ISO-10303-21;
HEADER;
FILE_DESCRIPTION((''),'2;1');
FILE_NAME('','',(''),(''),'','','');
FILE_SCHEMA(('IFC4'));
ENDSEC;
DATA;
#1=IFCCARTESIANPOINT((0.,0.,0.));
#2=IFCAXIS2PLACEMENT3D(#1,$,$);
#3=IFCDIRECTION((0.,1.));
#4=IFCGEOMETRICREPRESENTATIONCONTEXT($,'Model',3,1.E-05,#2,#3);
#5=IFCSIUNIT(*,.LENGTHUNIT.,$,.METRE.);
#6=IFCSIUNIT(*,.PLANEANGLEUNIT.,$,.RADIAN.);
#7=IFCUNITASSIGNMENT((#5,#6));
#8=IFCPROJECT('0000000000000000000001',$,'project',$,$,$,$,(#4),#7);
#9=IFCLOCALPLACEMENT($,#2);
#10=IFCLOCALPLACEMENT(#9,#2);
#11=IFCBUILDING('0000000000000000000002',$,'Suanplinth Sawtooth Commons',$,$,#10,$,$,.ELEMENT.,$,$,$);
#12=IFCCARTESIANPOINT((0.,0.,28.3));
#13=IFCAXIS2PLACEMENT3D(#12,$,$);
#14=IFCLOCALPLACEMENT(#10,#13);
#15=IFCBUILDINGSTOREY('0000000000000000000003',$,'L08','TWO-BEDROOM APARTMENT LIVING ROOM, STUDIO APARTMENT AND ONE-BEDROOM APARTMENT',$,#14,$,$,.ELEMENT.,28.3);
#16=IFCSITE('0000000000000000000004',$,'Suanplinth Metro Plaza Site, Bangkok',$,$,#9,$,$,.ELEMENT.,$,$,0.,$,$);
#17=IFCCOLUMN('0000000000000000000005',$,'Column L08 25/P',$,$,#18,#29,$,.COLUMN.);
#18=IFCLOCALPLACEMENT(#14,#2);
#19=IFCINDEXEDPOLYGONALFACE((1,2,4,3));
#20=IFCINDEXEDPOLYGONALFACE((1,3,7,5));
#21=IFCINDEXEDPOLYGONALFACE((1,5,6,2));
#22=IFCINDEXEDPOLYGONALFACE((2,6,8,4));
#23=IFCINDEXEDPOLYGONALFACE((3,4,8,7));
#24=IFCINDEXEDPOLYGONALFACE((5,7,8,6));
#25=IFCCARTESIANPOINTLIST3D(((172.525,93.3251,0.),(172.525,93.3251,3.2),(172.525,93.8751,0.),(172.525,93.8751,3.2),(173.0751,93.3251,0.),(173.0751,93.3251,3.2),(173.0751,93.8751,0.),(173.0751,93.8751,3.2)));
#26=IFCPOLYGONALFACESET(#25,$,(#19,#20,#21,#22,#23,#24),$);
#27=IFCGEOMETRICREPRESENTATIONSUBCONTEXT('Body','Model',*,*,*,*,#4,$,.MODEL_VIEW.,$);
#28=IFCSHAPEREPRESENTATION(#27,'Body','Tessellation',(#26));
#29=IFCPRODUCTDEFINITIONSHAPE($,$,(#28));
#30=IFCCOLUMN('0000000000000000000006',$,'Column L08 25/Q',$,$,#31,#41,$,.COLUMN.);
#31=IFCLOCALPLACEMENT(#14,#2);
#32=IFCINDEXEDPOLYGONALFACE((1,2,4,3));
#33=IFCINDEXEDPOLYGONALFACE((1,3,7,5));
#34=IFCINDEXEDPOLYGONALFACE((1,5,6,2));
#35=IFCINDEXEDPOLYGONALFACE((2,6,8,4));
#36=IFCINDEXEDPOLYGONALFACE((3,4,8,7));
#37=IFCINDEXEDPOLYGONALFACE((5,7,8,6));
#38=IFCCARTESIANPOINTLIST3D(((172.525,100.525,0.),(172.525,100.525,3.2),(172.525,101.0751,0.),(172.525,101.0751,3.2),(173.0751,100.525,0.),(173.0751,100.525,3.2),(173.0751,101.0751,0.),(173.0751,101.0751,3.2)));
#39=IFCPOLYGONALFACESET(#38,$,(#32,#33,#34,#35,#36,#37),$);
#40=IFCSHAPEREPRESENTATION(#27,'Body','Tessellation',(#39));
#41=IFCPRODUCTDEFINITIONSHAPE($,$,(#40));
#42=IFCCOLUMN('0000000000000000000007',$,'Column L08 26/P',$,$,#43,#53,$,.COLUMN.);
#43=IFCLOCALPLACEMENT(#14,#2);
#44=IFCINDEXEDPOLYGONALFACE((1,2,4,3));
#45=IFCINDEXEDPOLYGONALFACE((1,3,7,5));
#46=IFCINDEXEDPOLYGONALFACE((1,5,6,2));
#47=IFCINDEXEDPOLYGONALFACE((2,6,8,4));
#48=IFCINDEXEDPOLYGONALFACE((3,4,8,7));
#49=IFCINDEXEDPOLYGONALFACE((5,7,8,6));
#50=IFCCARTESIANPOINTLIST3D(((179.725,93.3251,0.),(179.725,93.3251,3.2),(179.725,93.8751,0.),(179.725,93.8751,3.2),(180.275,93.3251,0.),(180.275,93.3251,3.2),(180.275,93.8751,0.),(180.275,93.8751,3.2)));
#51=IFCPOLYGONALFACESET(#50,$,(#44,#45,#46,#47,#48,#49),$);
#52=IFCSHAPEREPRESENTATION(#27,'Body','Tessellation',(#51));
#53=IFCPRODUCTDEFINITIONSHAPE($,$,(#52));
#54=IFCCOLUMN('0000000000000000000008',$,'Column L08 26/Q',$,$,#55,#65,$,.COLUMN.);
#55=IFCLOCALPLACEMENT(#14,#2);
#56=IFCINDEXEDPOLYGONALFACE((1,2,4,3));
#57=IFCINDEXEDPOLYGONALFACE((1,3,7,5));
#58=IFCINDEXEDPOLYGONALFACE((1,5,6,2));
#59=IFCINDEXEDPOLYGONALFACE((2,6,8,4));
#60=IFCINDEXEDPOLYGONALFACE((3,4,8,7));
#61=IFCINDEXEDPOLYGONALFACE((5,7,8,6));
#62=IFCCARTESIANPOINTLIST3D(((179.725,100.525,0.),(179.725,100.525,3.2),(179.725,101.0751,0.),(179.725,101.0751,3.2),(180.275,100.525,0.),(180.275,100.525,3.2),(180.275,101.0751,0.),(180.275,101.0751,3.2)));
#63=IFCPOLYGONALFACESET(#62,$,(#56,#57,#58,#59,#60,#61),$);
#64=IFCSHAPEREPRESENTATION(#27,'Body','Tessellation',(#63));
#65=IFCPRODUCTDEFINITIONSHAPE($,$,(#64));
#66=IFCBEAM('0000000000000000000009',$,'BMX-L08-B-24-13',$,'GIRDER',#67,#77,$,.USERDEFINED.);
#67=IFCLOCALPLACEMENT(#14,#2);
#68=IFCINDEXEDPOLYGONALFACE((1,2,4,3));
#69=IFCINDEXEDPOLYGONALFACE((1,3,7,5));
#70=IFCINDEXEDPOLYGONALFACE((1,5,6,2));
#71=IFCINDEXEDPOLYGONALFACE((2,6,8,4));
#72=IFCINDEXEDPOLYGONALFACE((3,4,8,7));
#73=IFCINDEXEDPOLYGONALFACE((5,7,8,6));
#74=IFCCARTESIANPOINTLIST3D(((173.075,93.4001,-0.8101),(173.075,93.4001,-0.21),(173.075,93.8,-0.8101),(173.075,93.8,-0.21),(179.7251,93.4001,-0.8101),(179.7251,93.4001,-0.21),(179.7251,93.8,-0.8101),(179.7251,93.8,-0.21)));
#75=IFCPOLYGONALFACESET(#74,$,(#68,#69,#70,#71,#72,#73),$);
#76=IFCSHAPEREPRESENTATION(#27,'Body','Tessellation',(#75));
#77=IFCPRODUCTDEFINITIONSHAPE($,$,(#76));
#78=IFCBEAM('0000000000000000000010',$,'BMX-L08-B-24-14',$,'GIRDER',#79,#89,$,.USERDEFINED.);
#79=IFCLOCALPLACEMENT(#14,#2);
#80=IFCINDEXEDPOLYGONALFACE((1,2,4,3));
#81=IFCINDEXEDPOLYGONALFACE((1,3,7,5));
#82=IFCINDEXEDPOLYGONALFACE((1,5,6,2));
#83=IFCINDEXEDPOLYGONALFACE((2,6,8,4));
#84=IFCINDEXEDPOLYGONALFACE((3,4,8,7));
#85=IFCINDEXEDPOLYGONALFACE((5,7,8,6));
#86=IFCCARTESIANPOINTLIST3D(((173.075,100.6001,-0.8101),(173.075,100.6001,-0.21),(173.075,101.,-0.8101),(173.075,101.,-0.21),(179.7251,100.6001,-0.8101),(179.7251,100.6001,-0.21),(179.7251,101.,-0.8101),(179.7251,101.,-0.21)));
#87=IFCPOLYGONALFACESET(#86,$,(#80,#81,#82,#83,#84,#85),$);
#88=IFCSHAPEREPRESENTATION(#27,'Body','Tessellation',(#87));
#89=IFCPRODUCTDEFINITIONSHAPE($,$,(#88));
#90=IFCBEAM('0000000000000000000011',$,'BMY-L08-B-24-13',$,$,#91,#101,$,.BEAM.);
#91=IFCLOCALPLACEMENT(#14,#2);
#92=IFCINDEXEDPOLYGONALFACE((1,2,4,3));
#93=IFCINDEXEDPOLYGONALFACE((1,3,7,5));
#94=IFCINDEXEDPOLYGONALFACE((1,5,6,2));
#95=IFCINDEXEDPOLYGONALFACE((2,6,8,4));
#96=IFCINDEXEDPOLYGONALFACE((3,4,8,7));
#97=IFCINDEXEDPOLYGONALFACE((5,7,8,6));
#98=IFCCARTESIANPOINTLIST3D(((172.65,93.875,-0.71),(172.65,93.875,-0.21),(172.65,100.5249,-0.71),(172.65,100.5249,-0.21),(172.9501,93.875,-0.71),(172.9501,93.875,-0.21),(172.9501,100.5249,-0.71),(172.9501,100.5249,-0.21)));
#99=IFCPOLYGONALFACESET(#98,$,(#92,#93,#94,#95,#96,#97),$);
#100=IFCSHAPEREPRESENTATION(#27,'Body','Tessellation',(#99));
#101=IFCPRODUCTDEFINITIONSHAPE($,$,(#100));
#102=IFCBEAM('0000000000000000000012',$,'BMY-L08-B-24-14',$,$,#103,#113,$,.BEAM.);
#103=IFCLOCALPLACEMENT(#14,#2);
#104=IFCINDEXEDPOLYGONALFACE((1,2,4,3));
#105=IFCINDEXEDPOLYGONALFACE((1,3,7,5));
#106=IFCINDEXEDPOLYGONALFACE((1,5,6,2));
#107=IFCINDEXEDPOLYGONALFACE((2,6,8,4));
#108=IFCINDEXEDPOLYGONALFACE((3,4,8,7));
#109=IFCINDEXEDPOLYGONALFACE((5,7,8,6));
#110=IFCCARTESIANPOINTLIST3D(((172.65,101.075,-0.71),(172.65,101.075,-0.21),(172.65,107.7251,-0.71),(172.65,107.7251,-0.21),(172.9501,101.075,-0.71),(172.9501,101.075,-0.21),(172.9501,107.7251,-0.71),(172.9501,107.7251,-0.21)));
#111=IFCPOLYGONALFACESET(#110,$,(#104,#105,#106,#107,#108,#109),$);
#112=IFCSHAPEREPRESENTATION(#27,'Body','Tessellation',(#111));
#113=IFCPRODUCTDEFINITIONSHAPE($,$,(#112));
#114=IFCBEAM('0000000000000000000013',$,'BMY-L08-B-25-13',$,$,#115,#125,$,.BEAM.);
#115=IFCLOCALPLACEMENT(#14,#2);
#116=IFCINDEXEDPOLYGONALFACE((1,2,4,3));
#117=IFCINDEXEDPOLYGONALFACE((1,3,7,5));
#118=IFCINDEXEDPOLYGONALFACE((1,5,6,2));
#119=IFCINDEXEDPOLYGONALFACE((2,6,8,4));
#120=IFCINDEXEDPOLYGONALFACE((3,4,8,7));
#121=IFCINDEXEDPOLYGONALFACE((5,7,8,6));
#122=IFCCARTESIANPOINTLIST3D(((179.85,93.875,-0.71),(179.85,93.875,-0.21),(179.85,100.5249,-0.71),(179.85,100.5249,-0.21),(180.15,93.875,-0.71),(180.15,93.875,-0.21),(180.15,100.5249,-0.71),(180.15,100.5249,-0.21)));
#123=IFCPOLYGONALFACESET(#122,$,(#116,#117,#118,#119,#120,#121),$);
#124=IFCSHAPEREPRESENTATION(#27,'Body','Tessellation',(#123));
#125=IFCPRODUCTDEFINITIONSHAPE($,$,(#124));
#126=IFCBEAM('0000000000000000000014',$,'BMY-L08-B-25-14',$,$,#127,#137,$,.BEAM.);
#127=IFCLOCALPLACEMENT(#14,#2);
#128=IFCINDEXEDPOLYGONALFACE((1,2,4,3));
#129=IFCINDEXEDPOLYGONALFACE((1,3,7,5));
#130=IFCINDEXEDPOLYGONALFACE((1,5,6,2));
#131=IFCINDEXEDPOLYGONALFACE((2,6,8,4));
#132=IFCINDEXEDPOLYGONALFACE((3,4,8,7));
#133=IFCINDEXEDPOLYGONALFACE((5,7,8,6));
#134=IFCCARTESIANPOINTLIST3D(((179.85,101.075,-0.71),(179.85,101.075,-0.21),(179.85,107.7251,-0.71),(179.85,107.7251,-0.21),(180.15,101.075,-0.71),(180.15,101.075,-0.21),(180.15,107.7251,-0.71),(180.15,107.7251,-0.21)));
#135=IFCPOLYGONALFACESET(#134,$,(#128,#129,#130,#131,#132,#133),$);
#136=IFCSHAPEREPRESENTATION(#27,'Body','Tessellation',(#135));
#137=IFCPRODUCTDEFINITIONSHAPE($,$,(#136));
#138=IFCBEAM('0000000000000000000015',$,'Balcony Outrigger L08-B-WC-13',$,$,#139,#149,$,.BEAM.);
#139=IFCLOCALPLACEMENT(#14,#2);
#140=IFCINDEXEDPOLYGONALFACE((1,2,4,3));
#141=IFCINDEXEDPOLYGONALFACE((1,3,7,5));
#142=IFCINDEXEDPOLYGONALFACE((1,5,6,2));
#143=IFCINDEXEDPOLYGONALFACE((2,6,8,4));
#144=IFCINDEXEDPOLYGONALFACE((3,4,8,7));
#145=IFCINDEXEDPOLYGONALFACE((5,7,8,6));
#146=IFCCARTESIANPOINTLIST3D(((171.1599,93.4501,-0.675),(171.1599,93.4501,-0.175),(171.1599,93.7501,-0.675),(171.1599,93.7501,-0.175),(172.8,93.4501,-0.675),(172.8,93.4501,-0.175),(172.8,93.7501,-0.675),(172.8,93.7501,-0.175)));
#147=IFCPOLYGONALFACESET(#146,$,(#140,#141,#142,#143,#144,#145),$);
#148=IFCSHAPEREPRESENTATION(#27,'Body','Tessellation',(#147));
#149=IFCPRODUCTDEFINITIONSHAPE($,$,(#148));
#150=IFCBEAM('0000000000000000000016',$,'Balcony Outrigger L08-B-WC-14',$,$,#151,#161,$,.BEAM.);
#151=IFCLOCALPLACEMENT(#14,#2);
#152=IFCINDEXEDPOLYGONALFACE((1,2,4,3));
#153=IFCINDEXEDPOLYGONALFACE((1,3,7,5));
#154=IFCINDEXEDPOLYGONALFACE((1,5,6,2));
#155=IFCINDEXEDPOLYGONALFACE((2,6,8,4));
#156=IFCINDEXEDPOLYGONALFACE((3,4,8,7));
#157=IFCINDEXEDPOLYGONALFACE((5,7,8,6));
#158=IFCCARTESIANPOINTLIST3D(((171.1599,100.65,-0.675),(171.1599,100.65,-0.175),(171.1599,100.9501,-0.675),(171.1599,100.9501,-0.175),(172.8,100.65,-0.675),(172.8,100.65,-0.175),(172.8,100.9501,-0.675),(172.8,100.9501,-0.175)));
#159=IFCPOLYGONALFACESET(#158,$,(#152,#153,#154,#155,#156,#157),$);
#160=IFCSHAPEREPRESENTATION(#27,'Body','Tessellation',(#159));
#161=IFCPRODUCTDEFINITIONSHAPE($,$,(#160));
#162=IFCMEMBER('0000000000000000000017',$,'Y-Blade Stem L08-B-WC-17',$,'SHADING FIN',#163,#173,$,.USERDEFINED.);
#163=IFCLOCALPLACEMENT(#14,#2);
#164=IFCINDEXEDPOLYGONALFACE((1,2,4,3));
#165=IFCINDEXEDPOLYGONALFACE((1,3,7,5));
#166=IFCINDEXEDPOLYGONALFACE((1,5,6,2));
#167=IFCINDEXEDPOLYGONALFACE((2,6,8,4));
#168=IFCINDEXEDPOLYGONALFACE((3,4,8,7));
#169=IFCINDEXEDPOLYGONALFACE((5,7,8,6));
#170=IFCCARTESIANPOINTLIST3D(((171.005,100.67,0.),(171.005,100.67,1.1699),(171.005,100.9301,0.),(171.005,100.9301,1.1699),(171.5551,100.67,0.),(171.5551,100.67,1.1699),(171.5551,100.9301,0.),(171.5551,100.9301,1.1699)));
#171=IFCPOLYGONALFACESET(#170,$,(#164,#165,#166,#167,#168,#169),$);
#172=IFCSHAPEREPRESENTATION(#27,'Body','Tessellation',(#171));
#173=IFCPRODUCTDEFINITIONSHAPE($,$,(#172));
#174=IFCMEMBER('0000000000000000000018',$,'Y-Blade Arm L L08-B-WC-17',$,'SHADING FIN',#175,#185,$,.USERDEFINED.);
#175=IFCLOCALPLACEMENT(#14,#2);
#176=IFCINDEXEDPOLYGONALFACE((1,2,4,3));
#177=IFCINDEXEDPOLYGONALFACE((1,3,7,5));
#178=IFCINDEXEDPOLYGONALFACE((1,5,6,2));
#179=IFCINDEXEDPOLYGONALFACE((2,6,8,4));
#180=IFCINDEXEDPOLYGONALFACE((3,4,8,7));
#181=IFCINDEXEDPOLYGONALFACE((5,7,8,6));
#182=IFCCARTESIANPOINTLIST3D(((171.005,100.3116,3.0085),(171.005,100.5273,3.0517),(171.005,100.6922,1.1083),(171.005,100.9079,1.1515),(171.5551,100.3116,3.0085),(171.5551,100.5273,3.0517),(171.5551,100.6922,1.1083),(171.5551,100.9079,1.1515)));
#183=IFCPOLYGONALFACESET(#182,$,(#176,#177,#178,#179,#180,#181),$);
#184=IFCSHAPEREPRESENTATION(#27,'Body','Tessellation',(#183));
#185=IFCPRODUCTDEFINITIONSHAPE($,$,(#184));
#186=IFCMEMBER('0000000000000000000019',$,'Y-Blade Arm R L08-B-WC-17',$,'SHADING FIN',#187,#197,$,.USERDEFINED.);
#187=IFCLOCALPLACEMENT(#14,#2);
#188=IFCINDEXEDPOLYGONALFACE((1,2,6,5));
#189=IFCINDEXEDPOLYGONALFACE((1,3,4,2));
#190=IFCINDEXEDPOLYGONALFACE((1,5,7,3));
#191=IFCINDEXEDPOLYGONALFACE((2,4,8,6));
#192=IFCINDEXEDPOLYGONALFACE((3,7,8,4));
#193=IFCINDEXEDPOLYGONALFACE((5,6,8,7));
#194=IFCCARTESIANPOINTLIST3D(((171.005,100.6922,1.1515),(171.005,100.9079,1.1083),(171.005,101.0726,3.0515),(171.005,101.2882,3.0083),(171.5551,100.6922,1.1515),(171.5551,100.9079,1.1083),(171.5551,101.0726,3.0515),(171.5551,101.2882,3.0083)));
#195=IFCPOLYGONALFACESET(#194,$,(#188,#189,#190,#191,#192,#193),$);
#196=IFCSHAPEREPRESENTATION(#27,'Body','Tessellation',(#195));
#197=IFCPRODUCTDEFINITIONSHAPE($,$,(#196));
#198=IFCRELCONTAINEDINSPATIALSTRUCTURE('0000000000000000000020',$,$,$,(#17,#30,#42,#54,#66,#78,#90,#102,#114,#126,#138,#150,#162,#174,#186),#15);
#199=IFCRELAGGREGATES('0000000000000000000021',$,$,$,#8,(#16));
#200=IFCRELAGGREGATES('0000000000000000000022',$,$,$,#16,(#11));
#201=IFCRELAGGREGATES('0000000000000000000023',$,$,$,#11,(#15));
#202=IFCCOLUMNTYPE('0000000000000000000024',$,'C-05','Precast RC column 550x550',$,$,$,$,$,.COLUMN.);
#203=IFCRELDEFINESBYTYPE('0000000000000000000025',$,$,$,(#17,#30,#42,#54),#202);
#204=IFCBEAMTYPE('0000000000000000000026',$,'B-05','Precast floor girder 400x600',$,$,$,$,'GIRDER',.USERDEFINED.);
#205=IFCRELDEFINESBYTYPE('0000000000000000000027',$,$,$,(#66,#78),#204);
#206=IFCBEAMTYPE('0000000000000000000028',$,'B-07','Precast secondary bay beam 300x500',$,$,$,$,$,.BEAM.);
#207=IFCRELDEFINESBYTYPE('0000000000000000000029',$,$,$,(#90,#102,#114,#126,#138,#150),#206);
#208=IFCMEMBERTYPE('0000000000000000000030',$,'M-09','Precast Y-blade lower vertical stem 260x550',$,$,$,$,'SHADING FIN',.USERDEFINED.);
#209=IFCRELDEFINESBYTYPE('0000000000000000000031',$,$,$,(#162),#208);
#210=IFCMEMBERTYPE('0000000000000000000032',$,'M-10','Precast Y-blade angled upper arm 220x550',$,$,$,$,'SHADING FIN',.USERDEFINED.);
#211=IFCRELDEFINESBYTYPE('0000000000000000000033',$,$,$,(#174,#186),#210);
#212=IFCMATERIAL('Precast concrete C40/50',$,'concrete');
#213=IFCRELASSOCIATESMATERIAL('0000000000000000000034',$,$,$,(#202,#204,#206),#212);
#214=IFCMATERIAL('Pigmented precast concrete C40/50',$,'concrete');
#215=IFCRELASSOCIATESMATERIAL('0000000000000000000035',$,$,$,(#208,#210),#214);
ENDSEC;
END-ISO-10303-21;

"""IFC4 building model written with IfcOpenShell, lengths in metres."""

from ifc_helpers import new_model, si_unit, direction, frame, origin, origin_2d, place, context, subcontext, project, spatial, rectangle, extrude, material, material_profile, profile_set, type_object, element, save


model = new_model("IFC4")

# Units and contexts
model_context = context("Model", 3, precision=1e-05, world=origin(), true_north=direction((0.0, 1.0)))
body_context = subcontext(model_context, "Body", "Model", "MODEL_VIEW")
ifc_project = project(units=[si_unit("LENGTHUNIT", "METRE"), si_unit("PLANEANGLEUNIT", "RADIAN")], contexts=[model_context])

# Site, building, storey
site_placement = place(None, origin())
site = spatial("IfcSite", under=ifc_project, at=site_placement, Name="Suanplinth Metro Plaza Site, Bangkok", CompositionType="ELEMENT", RefElevation=0.0)
building_placement = place(site_placement, origin())
building = spatial("IfcBuilding", under=site, at=building_placement, Name="Suanplinth Sawtooth Commons", CompositionType="ELEMENT")
storey_placement = place(building_placement, frame((0.0, 0.0, 28.3)))
storey = spatial("IfcBuildingStorey", under=building, at=storey_placement, Name="L08", Description="TWO-BEDROOM APARTMENT LIVING ROOM, STUDIO APARTMENT AND ONE-BEDROOM APARTMENT", CompositionType="ELEMENT", Elevation=28.3)

# Columns
ifc_material_1 = material(Name="Precast concrete C40/50", Category="concrete")
ifc_material_profile_1 = material_profile(ifc_material_1, rectangle(XDim=0.55, YDim=0.55, at=origin_2d()), Name="PC-COL 550x550")
ifc_profile_set_1 = profile_set([ifc_material_profile_1], Name="Precast concrete C40/50")
column_type = type_object("IfcColumnType", Name="C-05", Description="Precast RC column 550x550", PredefinedType="COLUMN", material=ifc_profile_set_1)
for number, where, z_axis, x_axis, name in (
    (1, (172.8, 93.6001, 0.0), (0.0, 0.0, 1.0), (1.0, 0.0, 0.0), "Column L08 25/P"),
    (2, (172.8, 100.8, 0.0), (0.0, 0.0, 1.0), (1.0, 0.0, 0.0), "Column L08 25/Q"),
    (3, (180.0, 93.6001, 0.0), (0.0, 0.0, 1.0), (1.0, 0.0, 0.0), "Column L08 26/P"),
    (4, (180.0, 100.8, 0.0), (0.0, 0.0, 1.0), (1.0, 0.0, 0.0), "Column L08 26/Q"),
):
    element("IfcColumn", number, at=place(storey_placement, frame(where, z_axis=z_axis, x_axis=x_axis)), inside=storey, type_object=column_type, Name=name, PredefinedType="COLUMN", context=body_context, shape_type="SweptSolid", body=[
        extrude(rectangle(XDim=0.55, YDim=0.55, at=origin_2d()), origin(), (0.0, 0.0, 1.0), 3.2),
    ])

# Beams
ifc_material_profile_2 = material_profile(ifc_material_1, rectangle(XDim=0.3999, YDim=0.6001, at=origin_2d()), Name="PC-GDR 400x600")
ifc_profile_set_2 = profile_set([ifc_material_profile_2], Name="Precast concrete C40/50")
beam_type_1 = type_object("IfcBeamType", Name="B-05", Description="Precast floor girder 400x600", ElementType="GIRDER", PredefinedType="USERDEFINED", material=ifc_profile_set_2)
for number, where, z_axis, x_axis, name in (
    (5, (173.075, 93.6001, -0.51), (1.0, 0.0, 0.0), (0.0, 1.0, 0.0), "BMX-L08-B-24-13"),
    (6, (173.075, 100.8, -0.51), (1.0, 0.0, 0.0), (0.0, 1.0, 0.0), "BMX-L08-B-24-14"),
):
    element("IfcBeam", number, at=place(storey_placement, frame(where, z_axis=z_axis, x_axis=x_axis)), inside=storey, type_object=beam_type_1, Name=name, ObjectType="GIRDER", PredefinedType="USERDEFINED", context=body_context, shape_type="SweptSolid", body=[
        extrude(rectangle(XDim=0.3999, YDim=0.6001, at=origin_2d()), origin(), (0.0, 0.0, 1.0), 6.6501),
    ])
ifc_material_profile_3 = material_profile(ifc_material_1, rectangle(XDim=0.3, YDim=0.5, at=origin_2d()), Name="PC-BM 300x500")
ifc_profile_set_3 = profile_set([ifc_material_profile_3], Name="Precast concrete C40/50")
beam_type_2 = type_object("IfcBeamType", Name="B-07", Description="Precast secondary bay beam 300x500", PredefinedType="BEAM", material=ifc_profile_set_3)
beam_1_placement = place(storey_placement, frame((172.8, 93.875, -0.46), z_axis=(0.0, 1.0, 0.0), x_axis=(-1.0, 0.0, 0.0)))
element("IfcBeam", 7, at=beam_1_placement, inside=storey, type_object=beam_type_2, Name="BMY-L08-B-24-13", PredefinedType="BEAM", context=body_context, shape_type="SweptSolid", body=[
    extrude(rectangle(XDim=0.3, YDim=0.5, at=origin_2d()), origin(), (0.0, 0.0, 1.0), 6.6499),
])
beam_2_placement = place(storey_placement, frame((172.8, 101.075, -0.46), z_axis=(0.0, 1.0, 0.0), x_axis=(-1.0, 0.0, 0.0)))
element("IfcBeam", 8, at=beam_2_placement, inside=storey, type_object=beam_type_2, Name="BMY-L08-B-24-14", PredefinedType="BEAM", context=body_context, shape_type="SweptSolid", body=[
    extrude(rectangle(XDim=0.3, YDim=0.5, at=origin_2d()), origin(), (0.0, 0.0, 1.0), 6.6501),
])
beam_3_placement = place(storey_placement, frame((180.0, 93.875, -0.46), z_axis=(0.0, 1.0, 0.0), x_axis=(-1.0, 0.0, 0.0)))
element("IfcBeam", 9, at=beam_3_placement, inside=storey, type_object=beam_type_2, Name="BMY-L08-B-25-13", PredefinedType="BEAM", context=body_context, shape_type="SweptSolid", body=[
    extrude(rectangle(XDim=0.3, YDim=0.5, at=origin_2d()), origin(), (0.0, 0.0, 1.0), 6.6499),
])
beam_4_placement = place(storey_placement, frame((180.0, 101.075, -0.46), z_axis=(0.0, 1.0, 0.0), x_axis=(-1.0, 0.0, 0.0)))
element("IfcBeam", 10, at=beam_4_placement, inside=storey, type_object=beam_type_2, Name="BMY-L08-B-25-14", PredefinedType="BEAM", context=body_context, shape_type="SweptSolid", body=[
    extrude(rectangle(XDim=0.3, YDim=0.5, at=origin_2d()), origin(), (0.0, 0.0, 1.0), 6.6501),
])
for number, where, z_axis, x_axis, name in (
    (11, (172.8, 93.6001, -0.425), (-1.0, 0.0, 0.0), (0.0, -1.0, 0.0), "Balcony Outrigger L08-B-WC-13"),
    (12, (172.8, 100.8, -0.425), (-1.0, 0.0, 0.0), (0.0, -1.0, 0.0), "Balcony Outrigger L08-B-WC-14"),
):
    element("IfcBeam", number, at=place(storey_placement, frame(where, z_axis=z_axis, x_axis=x_axis)), inside=storey, type_object=beam_type_2, Name=name, PredefinedType="BEAM", context=body_context, shape_type="SweptSolid", body=[
        extrude(rectangle(XDim=0.3, YDim=0.5, at=origin_2d()), origin(), (0.0, 0.0, 1.0), 1.6401),
    ])

# Members
ifc_material_2 = material(Name="Pigmented precast concrete C40/50", Category="concrete")
ifc_material_profile_4 = material_profile(ifc_material_2, rectangle(XDim=0.26, YDim=0.55, at=origin_2d()), Name="PC-FIN 260x550")
ifc_profile_set_4 = profile_set([ifc_material_profile_4], Name="Pigmented precast concrete C40/50")
member_type_1 = type_object("IfcMemberType", Name="M-09", Description="Precast Y-blade lower vertical stem 260x550", ElementType="SHADING FIN", PredefinedType="USERDEFINED", material=ifc_profile_set_4)
member_1_placement = place(storey_placement, frame((171.28, 100.8, 0.0), z_axis=(0.0, 0.0, 1.0), x_axis=(0.0, 1.0, 0.0)))
element("IfcMember", 13, at=member_1_placement, inside=storey, type_object=member_type_1, Name="Y-Blade Stem L08-B-WC-17", ObjectType="SHADING FIN", PredefinedType="USERDEFINED", context=body_context, shape_type="SweptSolid", body=[
    extrude(rectangle(XDim=0.26, YDim=0.55, at=origin_2d()), origin(), (0.0, 0.0, 1.0), 1.1699),
])
ifc_material_profile_5 = material_profile(ifc_material_2, rectangle(XDim=0.22, YDim=0.55, at=origin_2d()), Name="PC-FIN 220x550")
ifc_profile_set_5 = profile_set([ifc_material_profile_5], Name="Pigmented precast concrete C40/50")
member_type_2 = type_object("IfcMemberType", Name="M-10", Description="Precast Y-blade angled upper arm 220x550", ElementType="SHADING FIN", PredefinedType="USERDEFINED", material=ifc_profile_set_5)
member_2_placement = place(storey_placement, frame((171.28, 100.8, 1.1299), z_axis=(0.0, -0.196407, 0.980522), x_axis=(0.0, 0.980522, 0.196407)))
element("IfcMember", 14, at=member_2_placement, inside=storey, type_object=member_type_2, Name="Y-Blade Arm L L08-B-WC-17", ObjectType="SHADING FIN", PredefinedType="USERDEFINED", context=body_context, shape_type="SweptSolid", body=[
    extrude(rectangle(XDim=0.22, YDim=0.55, at=origin_2d()), origin(), (0.0, 0.0, 1.0), 1.938),
])
member_3_placement = place(storey_placement, frame((171.28, 100.8, 1.1299), z_axis=(0.0, 0.196286, 0.980547), x_axis=(0.0, -0.980547, 0.196286)))
element("IfcMember", 15, at=member_3_placement, inside=storey, type_object=member_type_2, Name="Y-Blade Arm R L08-B-WC-17", ObjectType="SHADING FIN", PredefinedType="USERDEFINED", context=body_context, shape_type="SweptSolid", body=[
    extrude(rectangle(XDim=0.22, YDim=0.55, at=origin_2d()), origin(), (0.0, 0.0, 1.0), 1.9377),
])

save(model, "model.ifc")
